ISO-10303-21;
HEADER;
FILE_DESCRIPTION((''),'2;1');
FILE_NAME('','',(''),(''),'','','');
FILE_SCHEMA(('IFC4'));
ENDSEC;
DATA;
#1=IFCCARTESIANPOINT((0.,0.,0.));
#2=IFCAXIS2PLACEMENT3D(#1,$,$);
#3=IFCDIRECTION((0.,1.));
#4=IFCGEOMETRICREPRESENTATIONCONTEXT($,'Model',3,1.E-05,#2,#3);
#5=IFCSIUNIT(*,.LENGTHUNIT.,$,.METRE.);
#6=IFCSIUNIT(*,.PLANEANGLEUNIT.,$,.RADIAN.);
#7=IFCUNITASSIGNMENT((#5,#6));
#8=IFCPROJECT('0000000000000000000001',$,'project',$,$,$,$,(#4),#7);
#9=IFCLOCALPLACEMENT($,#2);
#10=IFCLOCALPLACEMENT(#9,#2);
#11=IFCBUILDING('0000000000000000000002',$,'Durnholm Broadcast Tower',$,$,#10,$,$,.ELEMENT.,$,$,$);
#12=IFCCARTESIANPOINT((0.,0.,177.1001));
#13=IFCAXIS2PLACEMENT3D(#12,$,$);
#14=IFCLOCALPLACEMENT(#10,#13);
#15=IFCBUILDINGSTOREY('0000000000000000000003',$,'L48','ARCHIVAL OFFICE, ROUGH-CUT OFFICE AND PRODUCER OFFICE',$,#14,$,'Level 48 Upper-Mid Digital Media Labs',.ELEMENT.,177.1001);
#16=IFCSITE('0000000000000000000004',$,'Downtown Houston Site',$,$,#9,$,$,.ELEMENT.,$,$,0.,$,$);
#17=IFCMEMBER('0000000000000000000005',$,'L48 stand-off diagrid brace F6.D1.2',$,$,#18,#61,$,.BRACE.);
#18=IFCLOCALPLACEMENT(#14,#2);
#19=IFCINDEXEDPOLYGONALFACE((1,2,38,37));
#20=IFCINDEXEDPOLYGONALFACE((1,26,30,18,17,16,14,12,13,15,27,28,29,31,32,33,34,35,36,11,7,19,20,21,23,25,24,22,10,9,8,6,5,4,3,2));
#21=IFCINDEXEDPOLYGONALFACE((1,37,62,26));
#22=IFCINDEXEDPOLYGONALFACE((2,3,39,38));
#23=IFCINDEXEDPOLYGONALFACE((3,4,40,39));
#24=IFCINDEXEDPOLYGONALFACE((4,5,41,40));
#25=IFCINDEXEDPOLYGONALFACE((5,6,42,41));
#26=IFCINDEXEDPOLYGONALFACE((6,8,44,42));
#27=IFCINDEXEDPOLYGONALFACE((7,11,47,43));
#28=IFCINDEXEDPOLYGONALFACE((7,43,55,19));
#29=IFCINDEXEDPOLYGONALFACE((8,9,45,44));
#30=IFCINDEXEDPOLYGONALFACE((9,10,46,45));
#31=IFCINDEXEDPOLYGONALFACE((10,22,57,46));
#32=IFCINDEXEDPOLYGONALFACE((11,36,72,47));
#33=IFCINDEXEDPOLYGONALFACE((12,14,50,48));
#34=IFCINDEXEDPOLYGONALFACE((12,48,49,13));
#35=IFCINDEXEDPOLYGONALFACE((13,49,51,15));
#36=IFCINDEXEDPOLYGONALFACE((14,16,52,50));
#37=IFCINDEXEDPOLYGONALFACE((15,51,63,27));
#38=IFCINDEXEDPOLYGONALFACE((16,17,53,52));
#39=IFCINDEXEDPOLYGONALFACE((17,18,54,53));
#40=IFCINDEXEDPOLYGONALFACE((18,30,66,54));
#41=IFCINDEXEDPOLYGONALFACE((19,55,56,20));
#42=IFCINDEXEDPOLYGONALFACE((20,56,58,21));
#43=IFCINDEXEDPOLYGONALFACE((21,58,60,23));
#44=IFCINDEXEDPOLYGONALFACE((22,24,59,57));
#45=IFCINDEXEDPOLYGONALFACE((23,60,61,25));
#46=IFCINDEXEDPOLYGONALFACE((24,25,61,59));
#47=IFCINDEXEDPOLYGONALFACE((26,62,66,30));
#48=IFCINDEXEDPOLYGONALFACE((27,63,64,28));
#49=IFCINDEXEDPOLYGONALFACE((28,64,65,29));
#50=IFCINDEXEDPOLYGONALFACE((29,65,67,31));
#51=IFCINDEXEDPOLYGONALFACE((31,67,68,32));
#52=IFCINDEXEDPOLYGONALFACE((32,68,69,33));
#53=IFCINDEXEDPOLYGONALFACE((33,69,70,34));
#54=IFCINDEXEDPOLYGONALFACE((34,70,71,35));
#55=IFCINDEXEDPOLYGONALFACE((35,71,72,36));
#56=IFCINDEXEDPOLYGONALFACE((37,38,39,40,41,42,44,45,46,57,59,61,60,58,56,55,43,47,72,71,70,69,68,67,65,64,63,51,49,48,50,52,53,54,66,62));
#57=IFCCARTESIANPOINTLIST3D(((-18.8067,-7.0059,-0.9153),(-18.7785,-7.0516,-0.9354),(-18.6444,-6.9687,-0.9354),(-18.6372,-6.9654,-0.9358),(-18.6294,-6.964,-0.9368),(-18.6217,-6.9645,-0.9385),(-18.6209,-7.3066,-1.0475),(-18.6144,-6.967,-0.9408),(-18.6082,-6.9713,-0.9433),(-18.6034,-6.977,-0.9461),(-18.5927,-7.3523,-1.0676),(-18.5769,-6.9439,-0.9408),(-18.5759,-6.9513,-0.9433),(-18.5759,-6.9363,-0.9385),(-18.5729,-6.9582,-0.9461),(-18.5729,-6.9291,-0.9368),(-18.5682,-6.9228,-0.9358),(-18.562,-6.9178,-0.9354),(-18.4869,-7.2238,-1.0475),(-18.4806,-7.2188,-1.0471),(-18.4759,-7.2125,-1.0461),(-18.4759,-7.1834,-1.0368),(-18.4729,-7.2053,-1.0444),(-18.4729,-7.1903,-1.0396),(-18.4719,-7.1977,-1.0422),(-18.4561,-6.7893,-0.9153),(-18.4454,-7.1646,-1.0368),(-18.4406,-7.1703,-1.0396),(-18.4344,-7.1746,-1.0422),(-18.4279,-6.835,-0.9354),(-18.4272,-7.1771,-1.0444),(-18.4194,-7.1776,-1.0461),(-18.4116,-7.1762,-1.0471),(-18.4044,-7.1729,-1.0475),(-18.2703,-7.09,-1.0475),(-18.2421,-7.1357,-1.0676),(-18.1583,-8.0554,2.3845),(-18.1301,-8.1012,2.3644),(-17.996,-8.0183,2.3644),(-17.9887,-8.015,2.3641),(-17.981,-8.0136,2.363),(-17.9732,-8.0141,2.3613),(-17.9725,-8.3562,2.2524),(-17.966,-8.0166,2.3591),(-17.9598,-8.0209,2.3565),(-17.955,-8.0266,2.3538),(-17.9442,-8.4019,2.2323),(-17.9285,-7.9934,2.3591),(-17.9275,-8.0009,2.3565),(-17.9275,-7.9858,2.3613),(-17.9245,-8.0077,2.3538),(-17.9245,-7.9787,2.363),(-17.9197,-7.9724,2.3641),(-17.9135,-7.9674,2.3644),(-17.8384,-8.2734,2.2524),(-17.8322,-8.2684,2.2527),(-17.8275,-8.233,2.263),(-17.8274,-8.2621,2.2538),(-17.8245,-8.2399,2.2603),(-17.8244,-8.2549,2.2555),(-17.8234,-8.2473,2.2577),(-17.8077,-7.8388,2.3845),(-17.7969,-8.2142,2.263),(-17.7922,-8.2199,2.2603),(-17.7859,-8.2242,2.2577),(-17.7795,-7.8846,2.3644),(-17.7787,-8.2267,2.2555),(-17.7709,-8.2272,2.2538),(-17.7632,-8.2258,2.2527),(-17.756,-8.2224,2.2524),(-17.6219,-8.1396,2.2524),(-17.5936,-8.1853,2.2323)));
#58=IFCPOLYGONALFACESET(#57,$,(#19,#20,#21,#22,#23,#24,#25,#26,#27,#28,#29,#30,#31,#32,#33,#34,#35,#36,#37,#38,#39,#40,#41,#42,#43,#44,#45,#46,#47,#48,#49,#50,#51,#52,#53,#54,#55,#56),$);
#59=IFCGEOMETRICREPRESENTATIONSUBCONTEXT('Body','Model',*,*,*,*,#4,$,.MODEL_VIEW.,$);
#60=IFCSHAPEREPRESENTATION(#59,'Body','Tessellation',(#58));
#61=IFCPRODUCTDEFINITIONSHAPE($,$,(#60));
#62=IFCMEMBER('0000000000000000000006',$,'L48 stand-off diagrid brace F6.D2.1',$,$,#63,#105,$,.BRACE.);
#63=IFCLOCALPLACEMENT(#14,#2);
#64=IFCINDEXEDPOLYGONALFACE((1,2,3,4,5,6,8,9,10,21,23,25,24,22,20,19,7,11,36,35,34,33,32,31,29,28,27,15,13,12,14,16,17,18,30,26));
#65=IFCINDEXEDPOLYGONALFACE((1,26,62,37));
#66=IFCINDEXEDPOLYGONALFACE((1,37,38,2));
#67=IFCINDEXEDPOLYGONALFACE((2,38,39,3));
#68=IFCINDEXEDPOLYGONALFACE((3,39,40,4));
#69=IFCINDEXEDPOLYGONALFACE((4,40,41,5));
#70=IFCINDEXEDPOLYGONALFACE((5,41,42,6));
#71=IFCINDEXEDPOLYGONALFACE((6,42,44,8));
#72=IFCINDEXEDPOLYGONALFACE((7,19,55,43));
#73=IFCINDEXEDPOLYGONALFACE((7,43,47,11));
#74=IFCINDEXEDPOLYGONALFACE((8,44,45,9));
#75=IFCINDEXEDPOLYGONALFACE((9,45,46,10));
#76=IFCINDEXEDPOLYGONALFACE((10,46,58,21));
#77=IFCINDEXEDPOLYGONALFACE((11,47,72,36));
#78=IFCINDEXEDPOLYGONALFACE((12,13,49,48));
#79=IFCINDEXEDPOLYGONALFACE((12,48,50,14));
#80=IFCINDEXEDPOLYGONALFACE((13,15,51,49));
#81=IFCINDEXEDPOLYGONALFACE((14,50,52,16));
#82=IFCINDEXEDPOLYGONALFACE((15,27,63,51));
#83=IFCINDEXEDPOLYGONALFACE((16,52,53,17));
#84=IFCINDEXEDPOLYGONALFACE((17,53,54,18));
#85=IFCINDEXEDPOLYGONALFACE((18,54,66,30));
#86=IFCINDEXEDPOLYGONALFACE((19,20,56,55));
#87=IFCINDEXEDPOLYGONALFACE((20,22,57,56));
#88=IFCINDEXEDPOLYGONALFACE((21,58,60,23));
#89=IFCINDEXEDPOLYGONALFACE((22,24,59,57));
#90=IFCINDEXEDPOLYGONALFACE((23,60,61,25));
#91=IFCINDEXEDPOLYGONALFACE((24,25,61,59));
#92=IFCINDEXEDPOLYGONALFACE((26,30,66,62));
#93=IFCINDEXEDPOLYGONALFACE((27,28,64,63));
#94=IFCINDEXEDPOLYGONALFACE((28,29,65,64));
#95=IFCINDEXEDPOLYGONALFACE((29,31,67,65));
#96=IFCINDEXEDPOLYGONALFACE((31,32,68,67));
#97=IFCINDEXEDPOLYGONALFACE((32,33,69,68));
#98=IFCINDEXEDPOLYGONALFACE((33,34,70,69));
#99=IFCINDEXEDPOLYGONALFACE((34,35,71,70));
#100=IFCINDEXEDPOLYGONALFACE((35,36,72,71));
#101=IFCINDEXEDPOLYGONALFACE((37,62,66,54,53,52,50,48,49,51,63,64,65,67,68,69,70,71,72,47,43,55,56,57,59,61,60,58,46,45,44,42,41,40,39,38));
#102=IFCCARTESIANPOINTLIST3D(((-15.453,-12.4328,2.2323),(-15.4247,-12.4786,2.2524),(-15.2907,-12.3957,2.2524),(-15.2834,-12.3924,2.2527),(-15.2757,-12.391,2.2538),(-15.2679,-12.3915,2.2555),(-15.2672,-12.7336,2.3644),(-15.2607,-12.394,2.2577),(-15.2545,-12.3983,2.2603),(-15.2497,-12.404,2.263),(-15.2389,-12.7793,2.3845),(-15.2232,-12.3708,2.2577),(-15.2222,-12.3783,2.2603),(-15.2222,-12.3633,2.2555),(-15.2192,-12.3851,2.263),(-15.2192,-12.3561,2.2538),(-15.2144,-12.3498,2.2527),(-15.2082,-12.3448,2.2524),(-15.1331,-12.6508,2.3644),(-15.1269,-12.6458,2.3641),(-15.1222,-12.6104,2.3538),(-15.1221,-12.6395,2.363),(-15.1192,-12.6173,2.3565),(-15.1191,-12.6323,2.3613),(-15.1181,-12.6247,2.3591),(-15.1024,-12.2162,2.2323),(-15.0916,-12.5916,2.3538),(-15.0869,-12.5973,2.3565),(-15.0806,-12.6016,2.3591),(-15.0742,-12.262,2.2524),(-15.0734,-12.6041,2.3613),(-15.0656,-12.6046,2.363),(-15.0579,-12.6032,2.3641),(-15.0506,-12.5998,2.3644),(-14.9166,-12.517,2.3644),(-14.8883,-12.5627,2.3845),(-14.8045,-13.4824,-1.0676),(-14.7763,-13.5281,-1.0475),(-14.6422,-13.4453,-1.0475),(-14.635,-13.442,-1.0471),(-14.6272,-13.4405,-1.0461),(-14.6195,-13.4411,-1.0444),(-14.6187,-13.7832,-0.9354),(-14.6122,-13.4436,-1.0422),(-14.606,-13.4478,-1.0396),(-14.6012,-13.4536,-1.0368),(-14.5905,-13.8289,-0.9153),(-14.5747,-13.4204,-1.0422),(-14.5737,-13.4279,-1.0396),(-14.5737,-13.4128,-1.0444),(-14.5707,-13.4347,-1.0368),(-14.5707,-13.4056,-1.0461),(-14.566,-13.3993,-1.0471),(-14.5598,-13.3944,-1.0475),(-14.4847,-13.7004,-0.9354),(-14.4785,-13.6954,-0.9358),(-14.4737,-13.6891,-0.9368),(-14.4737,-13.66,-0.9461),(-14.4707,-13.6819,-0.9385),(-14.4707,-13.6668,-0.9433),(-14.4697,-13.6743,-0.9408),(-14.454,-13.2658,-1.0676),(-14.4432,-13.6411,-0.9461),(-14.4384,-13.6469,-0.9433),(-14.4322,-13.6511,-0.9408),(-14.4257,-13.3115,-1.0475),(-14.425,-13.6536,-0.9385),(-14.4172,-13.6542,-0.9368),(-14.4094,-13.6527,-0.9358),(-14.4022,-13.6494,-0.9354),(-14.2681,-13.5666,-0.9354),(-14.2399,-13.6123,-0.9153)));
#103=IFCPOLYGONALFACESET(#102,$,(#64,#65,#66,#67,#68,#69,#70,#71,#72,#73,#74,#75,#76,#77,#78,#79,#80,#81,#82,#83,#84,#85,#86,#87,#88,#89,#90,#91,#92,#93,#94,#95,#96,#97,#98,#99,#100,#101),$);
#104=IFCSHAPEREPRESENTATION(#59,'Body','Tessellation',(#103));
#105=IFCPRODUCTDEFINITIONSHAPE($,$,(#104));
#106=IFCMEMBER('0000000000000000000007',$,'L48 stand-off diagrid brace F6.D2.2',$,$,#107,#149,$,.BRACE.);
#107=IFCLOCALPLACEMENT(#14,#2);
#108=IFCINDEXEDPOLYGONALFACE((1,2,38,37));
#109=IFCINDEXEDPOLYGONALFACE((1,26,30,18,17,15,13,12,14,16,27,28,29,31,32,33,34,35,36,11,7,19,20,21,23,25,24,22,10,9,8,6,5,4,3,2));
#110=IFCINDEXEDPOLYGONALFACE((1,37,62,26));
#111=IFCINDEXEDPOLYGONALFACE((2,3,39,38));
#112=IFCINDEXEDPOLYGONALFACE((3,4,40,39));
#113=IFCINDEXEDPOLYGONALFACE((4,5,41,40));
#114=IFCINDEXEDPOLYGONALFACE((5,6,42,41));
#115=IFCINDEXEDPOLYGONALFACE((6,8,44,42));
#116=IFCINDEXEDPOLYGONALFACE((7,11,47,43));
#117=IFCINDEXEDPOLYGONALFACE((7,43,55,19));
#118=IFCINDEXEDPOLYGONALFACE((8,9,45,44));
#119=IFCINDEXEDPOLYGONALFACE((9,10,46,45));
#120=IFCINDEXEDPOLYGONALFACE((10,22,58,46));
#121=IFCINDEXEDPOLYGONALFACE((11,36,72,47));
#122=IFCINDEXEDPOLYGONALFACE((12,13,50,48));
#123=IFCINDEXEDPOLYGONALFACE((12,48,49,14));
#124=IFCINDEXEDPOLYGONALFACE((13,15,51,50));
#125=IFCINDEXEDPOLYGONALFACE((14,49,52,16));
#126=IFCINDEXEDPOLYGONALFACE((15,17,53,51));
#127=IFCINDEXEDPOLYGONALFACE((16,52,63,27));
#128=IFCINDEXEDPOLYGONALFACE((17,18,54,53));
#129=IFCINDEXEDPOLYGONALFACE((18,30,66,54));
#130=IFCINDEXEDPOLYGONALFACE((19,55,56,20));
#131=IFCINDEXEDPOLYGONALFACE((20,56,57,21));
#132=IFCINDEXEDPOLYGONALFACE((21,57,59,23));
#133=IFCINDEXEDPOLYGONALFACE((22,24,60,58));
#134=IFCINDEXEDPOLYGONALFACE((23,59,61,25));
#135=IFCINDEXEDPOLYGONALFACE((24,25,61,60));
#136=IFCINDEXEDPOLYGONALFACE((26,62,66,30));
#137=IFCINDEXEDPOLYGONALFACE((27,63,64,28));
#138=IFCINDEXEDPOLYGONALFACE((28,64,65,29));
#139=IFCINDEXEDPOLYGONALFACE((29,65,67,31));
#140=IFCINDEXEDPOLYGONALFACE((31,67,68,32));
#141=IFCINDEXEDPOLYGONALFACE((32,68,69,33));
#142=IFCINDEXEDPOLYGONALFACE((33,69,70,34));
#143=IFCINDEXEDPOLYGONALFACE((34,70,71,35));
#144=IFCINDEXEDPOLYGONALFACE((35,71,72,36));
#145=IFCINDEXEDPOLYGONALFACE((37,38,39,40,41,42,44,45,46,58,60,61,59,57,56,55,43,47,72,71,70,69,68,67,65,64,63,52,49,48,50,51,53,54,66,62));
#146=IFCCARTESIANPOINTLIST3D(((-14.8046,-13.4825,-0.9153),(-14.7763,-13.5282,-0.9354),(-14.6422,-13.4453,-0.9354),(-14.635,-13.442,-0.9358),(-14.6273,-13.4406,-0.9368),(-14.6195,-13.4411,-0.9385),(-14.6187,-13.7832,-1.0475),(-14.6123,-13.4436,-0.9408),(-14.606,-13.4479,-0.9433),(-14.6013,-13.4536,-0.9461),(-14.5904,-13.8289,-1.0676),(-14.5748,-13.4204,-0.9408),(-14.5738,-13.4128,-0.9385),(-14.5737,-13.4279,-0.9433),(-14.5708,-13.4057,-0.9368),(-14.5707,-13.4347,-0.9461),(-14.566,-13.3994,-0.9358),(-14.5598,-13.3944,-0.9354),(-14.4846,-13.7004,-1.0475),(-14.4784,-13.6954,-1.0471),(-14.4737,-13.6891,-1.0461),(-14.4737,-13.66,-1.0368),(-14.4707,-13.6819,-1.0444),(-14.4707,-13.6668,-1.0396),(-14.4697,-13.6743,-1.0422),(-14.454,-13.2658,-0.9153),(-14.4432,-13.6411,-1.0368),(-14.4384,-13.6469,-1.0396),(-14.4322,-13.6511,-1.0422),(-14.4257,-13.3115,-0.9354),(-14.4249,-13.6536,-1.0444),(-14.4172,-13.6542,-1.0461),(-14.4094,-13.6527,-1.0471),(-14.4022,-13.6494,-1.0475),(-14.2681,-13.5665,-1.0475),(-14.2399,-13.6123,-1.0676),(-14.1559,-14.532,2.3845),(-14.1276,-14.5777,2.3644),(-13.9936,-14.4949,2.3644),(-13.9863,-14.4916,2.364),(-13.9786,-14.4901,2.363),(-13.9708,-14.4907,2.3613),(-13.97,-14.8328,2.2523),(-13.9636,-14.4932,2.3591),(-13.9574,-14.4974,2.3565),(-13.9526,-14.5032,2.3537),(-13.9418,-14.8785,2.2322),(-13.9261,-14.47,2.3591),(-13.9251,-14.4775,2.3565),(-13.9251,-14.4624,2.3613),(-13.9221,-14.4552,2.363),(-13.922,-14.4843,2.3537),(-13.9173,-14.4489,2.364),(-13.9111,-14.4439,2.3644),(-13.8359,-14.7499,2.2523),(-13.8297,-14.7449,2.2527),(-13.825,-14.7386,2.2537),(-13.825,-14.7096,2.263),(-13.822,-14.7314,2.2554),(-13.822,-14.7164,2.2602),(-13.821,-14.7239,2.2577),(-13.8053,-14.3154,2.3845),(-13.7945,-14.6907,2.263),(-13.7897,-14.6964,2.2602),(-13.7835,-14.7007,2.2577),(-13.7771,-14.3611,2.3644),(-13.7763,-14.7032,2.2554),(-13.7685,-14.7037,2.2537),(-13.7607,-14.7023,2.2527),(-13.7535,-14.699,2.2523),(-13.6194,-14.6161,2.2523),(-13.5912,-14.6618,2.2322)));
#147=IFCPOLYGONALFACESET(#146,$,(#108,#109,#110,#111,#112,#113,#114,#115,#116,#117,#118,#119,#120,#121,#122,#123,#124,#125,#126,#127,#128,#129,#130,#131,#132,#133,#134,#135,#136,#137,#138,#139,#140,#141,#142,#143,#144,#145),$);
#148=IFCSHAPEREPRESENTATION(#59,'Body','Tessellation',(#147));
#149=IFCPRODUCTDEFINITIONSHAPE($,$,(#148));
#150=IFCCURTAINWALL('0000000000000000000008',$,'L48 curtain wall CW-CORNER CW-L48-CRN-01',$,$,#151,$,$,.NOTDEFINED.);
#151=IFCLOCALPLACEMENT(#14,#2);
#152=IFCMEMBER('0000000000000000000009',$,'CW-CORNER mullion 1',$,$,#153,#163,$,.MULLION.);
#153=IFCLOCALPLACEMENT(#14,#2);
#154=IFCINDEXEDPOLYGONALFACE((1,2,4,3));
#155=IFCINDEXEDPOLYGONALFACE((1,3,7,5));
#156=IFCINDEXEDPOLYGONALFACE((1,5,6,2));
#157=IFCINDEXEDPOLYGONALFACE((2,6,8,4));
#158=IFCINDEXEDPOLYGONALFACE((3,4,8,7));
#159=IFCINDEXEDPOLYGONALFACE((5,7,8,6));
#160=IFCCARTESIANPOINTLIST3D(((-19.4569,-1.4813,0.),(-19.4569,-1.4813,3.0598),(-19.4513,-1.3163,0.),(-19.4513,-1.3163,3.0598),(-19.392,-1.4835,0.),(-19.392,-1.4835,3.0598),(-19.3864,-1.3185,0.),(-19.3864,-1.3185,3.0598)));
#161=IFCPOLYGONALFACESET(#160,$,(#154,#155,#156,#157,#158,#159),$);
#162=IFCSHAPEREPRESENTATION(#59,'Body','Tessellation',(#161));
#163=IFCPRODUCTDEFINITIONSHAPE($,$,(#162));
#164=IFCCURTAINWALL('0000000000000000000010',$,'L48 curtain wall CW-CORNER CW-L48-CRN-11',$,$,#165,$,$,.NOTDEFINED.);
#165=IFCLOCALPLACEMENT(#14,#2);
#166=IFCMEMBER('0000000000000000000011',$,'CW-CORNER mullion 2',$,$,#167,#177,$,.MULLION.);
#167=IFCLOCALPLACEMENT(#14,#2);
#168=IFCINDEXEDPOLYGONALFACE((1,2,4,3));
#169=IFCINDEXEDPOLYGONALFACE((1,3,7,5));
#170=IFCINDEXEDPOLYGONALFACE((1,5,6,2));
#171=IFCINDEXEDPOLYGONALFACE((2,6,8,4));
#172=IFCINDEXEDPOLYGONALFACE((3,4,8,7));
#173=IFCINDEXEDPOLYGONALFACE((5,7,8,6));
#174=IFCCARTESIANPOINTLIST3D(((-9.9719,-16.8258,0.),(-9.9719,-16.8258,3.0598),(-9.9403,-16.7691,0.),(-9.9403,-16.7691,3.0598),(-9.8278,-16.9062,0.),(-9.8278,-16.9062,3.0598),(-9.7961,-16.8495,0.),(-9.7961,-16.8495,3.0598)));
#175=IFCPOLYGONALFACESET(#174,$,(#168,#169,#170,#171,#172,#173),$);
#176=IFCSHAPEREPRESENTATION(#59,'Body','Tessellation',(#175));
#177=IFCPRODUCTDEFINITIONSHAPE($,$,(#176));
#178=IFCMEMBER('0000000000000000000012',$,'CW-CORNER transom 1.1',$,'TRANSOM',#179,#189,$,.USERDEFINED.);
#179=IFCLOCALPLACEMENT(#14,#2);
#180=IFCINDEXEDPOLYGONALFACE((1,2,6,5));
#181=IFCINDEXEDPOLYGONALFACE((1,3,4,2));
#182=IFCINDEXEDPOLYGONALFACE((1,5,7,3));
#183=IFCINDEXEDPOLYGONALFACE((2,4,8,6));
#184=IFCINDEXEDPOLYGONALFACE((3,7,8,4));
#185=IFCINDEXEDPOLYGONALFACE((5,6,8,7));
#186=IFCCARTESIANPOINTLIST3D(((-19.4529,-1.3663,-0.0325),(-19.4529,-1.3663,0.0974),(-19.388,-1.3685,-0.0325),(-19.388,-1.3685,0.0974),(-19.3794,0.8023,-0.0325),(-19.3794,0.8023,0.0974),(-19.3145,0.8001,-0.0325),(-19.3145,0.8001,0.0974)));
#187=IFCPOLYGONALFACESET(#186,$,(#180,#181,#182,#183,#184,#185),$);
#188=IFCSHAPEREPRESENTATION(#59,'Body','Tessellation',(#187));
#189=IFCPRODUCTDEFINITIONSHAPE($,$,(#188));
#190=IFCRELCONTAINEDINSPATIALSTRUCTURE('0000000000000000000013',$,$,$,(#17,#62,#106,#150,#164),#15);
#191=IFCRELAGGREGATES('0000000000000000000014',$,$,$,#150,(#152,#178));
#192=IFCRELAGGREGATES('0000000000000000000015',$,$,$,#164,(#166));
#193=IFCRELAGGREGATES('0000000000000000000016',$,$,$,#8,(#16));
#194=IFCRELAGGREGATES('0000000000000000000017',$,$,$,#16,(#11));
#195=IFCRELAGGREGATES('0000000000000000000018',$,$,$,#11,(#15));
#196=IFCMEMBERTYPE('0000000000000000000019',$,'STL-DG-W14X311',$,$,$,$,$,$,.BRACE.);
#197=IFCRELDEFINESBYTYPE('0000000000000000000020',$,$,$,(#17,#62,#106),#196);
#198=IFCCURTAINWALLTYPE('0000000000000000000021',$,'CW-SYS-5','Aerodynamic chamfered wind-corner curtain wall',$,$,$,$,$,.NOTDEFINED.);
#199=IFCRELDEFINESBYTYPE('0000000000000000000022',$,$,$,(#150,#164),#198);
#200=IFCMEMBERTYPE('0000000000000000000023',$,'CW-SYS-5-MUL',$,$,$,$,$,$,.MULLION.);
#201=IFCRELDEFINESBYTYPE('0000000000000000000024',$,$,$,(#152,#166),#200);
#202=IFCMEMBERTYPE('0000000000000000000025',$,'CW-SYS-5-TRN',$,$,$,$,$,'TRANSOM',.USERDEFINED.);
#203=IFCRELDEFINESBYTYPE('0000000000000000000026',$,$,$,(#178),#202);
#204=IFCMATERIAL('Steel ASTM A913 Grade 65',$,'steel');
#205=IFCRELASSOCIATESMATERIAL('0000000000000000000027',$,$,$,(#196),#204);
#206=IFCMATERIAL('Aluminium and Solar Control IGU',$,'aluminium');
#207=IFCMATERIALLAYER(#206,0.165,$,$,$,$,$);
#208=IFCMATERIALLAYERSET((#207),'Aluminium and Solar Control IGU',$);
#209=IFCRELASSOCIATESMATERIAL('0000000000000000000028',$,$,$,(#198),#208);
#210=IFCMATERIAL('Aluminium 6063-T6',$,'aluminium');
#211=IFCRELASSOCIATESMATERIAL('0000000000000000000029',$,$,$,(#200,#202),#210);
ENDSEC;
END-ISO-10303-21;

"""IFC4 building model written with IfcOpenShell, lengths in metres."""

from ifc_helpers import new_model, si_unit, direction, frame, origin, origin_2d, place, context, subcontext, project, spatial, rectangle, i_section, extrude, source, transform, mapped, material, layer, layer_set, material_profile, profile_set, type_object, type_shapes, element, aggregate, save


model = new_model("IFC4")

# Units and contexts
model_context = context("Model", 3, precision=1e-05, world=origin(), true_north=direction((0.0, 1.0)))
body_context = subcontext(model_context, "Body", "Model", "MODEL_VIEW")
ifc_project = project(units=[si_unit("LENGTHUNIT", "METRE"), si_unit("PLANEANGLEUNIT", "RADIAN")], contexts=[model_context])

# Site, building, storey
site_placement = place(None, origin())
site = spatial("IfcSite", under=ifc_project, at=site_placement, Name="Downtown Houston Site", CompositionType="ELEMENT", RefElevation=0.0)
building_placement = place(site_placement, origin())
building = spatial("IfcBuilding", under=site, at=building_placement, Name="Durnholm Broadcast Tower", CompositionType="ELEMENT")
storey_placement = place(building_placement, frame((0.0, 0.0, 177.1001)))
storey = spatial("IfcBuildingStorey", under=building, at=storey_placement, Name="L48", Description="ARCHIVAL OFFICE, ROUGH-CUT OFFICE AND PRODUCER OFFICE", LongName="Level 48 Upper-Mid Digital Media Labs", CompositionType="ELEMENT", Elevation=177.1001)

# Members
ifc_material_1 = material(Name="Steel ASTM A913 Grade 65", Category="steel")
ifc_material_profile_1 = material_profile(ifc_material_1, i_section(OverallWidth=0.4121, OverallDepth=0.4348, WebThickness=0.0359, FlangeThickness=0.0574, FilletRadius=0.0305, at=origin_2d()), Name="W14X311")
ifc_profile_set_1 = profile_set([ifc_material_profile_1], Name="Steel ASTM A913 Grade 65")
member_type_1 = type_object("IfcMemberType", Name="STL-DG-W14X311", PredefinedType="BRACE", material=ifc_profile_set_1)
shared_shape_1 = source(origin(), body_context, "Body", "SweptSolid", [
    extrude(i_section(OverallWidth=0.4121, OverallDepth=0.4348, WebThickness=0.0359, FlangeThickness=0.0574, FilletRadius=0.0305, at=origin_2d()), origin(), (0.0, 0.0, 1.0), 3.5229),
])
type_shapes(member_type_1, [shared_shape_1])
for number, where, z_axis, x_axis, name in (
    (1, (-18.5244, -7.0708, -0.9915), (0.184064, -0.297926, 0.936675), (0.850733, 0.525598, 0.0), "L48 stand-off diagrid brace F6.D1.2"),
    (2, (-14.5222, -13.5474, -0.9915), (-0.184064, 0.297926, 0.936675), (-0.850733, -0.525598, 0.0), "L48 stand-off diagrid brace F6.D2.1"),
    (3, (-14.5222, -13.5474, -0.9915), (0.184131, -0.297922, 0.936663), (0.850644, 0.525741, 0.0), "L48 stand-off diagrid brace F6.D2.2"),
):
    element("IfcMember", number, at=place(storey_placement, frame(where, z_axis=z_axis, x_axis=x_axis)), inside=storey, type_object=member_type_1, Name=name, PredefinedType="BRACE", context=body_context, shape_type="MappedRepresentation", body=[
        mapped(shared_shape_1, transform((0.0, 0.0, 0.0), x_axis=(1.0, 0.0, 0.0), y_axis=(0.0, 1.0, 0.0), z_axis=(0.0, 0.0, 1.0), scale=1.0)),
    ])

# Curtain walls, members
ifc_material_2 = material(Name="Aluminium and Solar Control IGU", Category="aluminium")
ifc_layer_1 = layer(ifc_material_2, 0.165)
ifc_layer_set_1 = layer_set([ifc_layer_1], Name="Aluminium and Solar Control IGU")
curtain_wall_type_1 = type_object("IfcCurtainWallType", Name="CW-SYS-5", Description="Aerodynamic chamfered wind-corner curtain wall", PredefinedType="NOTDEFINED", material=ifc_layer_set_1)
curtain_wall_1_placement = place(storey_placement, origin())
curtain_wall_1 = element("IfcCurtainWall", 4, at=curtain_wall_1_placement, inside=storey, type_object=curtain_wall_type_1, Name="L48 curtain wall CW-CORNER CW-L48-CRN-01", PredefinedType="NOTDEFINED")
ifc_material_3 = material(Name="Aluminium 6063-T6", Category="aluminium")
ifc_material_profile_2 = material_profile(ifc_material_3, rectangle(XDim=0.0649, YDim=0.165, at=origin_2d()), Name="CWM65X165")
ifc_profile_set_2 = profile_set([ifc_material_profile_2], Name="Aluminium 6063-T6")
member_type_2 = type_object("IfcMemberType", Name="CW-SYS-5-MUL", PredefinedType="MULLION", material=ifc_profile_set_2)
shared_shape_2 = source(origin(), body_context, "Body", "SweptSolid", [
    extrude(rectangle(XDim=0.0649, YDim=0.165, at=origin_2d()), origin(), (0.0, 0.0, 1.0), 3.0598),
])
type_shapes(member_type_2, [shared_shape_2])
member_1_placement = place(storey_placement, frame((-19.4216, -1.3999, 0.0), z_axis=(0.0, 0.0, 1.0), x_axis=(-0.999425, 0.033913, 0.0)))
member_1 = element("IfcMember", 5, at=member_1_placement, type_object=member_type_2, Name="CW-CORNER mullion 1", PredefinedType="MULLION", context=body_context, shape_type="MappedRepresentation", body=[
    mapped(shared_shape_2, transform((0.0, 0.0, 0.0), x_axis=(1.0, 0.0, 0.0), y_axis=(0.0, 1.0, 0.0), z_axis=(0.0, 0.0, 1.0), scale=1.0)),
])
curtain_wall_2_placement = place(storey_placement, origin())
curtain_wall_2 = element("IfcCurtainWall", 6, at=curtain_wall_2_placement, inside=storey, type_object=curtain_wall_type_1, Name="L48 curtain wall CW-CORNER CW-L48-CRN-11", PredefinedType="NOTDEFINED")
member_2_placement = place(storey_placement, frame((-9.884, -16.8376, 0.0), z_axis=(0.0, 0.0, 1.0), x_axis=(-0.486986, -0.87341, 0.0)))
member_2 = element("IfcMember", 7, at=member_2_placement, type_object=member_type_2, Name="CW-CORNER mullion 2", PredefinedType="MULLION", context=body_context, shape_type="MappedRepresentation", body=[
    mapped(shared_shape_2, transform((0.0, 0.0, 0.0), x_axis=(1.0, 0.0, 0.0), y_axis=(0.0, 1.0, 0.0), z_axis=(0.0, 0.0, 1.0), scale=1.0)),
])

# Member
ifc_material_profile_3 = material_profile(ifc_material_3, rectangle(XDim=0.0649, YDim=0.1299, at=origin_2d()), Name="CWT65X130")
ifc_profile_set_3 = profile_set([ifc_material_profile_3], Name="Aluminium 6063-T6")
member_type_3 = type_object("IfcMemberType", Name="CW-SYS-5-TRN", ElementType="TRANSOM", PredefinedType="USERDEFINED", material=ifc_profile_set_3)
shared_shape_3 = source(origin(), body_context, "Body", "SweptSolid", [
    extrude(rectangle(XDim=0.0649, YDim=0.1299, at=origin_2d()), origin(), (0.0, 0.0, 1.0), 2.1699),
])
type_shapes(member_type_3, [shared_shape_3])
member_3_placement = place(storey_placement, frame((-19.4204, -1.3674, 0.0325), z_axis=(0.033866, 0.999426, 0.0), x_axis=(-0.999426, 0.033866, 0.0)))
member_3 = element("IfcMember", 8, at=member_3_placement, type_object=member_type_3, Name="CW-CORNER transom 1.1", ObjectType="TRANSOM", PredefinedType="USERDEFINED", context=body_context, shape_type="MappedRepresentation", body=[
    mapped(shared_shape_3, transform((0.0, 0.0, 0.0), x_axis=(1.0, 0.0, 0.0), y_axis=(0.0, 1.0, 0.0), z_axis=(0.0, 0.0, 1.0), scale=1.0)),
])

aggregate(curtain_wall_1, [member_1, member_3])
aggregate(curtain_wall_2, [member_2])

save(model, "model.ifc")
